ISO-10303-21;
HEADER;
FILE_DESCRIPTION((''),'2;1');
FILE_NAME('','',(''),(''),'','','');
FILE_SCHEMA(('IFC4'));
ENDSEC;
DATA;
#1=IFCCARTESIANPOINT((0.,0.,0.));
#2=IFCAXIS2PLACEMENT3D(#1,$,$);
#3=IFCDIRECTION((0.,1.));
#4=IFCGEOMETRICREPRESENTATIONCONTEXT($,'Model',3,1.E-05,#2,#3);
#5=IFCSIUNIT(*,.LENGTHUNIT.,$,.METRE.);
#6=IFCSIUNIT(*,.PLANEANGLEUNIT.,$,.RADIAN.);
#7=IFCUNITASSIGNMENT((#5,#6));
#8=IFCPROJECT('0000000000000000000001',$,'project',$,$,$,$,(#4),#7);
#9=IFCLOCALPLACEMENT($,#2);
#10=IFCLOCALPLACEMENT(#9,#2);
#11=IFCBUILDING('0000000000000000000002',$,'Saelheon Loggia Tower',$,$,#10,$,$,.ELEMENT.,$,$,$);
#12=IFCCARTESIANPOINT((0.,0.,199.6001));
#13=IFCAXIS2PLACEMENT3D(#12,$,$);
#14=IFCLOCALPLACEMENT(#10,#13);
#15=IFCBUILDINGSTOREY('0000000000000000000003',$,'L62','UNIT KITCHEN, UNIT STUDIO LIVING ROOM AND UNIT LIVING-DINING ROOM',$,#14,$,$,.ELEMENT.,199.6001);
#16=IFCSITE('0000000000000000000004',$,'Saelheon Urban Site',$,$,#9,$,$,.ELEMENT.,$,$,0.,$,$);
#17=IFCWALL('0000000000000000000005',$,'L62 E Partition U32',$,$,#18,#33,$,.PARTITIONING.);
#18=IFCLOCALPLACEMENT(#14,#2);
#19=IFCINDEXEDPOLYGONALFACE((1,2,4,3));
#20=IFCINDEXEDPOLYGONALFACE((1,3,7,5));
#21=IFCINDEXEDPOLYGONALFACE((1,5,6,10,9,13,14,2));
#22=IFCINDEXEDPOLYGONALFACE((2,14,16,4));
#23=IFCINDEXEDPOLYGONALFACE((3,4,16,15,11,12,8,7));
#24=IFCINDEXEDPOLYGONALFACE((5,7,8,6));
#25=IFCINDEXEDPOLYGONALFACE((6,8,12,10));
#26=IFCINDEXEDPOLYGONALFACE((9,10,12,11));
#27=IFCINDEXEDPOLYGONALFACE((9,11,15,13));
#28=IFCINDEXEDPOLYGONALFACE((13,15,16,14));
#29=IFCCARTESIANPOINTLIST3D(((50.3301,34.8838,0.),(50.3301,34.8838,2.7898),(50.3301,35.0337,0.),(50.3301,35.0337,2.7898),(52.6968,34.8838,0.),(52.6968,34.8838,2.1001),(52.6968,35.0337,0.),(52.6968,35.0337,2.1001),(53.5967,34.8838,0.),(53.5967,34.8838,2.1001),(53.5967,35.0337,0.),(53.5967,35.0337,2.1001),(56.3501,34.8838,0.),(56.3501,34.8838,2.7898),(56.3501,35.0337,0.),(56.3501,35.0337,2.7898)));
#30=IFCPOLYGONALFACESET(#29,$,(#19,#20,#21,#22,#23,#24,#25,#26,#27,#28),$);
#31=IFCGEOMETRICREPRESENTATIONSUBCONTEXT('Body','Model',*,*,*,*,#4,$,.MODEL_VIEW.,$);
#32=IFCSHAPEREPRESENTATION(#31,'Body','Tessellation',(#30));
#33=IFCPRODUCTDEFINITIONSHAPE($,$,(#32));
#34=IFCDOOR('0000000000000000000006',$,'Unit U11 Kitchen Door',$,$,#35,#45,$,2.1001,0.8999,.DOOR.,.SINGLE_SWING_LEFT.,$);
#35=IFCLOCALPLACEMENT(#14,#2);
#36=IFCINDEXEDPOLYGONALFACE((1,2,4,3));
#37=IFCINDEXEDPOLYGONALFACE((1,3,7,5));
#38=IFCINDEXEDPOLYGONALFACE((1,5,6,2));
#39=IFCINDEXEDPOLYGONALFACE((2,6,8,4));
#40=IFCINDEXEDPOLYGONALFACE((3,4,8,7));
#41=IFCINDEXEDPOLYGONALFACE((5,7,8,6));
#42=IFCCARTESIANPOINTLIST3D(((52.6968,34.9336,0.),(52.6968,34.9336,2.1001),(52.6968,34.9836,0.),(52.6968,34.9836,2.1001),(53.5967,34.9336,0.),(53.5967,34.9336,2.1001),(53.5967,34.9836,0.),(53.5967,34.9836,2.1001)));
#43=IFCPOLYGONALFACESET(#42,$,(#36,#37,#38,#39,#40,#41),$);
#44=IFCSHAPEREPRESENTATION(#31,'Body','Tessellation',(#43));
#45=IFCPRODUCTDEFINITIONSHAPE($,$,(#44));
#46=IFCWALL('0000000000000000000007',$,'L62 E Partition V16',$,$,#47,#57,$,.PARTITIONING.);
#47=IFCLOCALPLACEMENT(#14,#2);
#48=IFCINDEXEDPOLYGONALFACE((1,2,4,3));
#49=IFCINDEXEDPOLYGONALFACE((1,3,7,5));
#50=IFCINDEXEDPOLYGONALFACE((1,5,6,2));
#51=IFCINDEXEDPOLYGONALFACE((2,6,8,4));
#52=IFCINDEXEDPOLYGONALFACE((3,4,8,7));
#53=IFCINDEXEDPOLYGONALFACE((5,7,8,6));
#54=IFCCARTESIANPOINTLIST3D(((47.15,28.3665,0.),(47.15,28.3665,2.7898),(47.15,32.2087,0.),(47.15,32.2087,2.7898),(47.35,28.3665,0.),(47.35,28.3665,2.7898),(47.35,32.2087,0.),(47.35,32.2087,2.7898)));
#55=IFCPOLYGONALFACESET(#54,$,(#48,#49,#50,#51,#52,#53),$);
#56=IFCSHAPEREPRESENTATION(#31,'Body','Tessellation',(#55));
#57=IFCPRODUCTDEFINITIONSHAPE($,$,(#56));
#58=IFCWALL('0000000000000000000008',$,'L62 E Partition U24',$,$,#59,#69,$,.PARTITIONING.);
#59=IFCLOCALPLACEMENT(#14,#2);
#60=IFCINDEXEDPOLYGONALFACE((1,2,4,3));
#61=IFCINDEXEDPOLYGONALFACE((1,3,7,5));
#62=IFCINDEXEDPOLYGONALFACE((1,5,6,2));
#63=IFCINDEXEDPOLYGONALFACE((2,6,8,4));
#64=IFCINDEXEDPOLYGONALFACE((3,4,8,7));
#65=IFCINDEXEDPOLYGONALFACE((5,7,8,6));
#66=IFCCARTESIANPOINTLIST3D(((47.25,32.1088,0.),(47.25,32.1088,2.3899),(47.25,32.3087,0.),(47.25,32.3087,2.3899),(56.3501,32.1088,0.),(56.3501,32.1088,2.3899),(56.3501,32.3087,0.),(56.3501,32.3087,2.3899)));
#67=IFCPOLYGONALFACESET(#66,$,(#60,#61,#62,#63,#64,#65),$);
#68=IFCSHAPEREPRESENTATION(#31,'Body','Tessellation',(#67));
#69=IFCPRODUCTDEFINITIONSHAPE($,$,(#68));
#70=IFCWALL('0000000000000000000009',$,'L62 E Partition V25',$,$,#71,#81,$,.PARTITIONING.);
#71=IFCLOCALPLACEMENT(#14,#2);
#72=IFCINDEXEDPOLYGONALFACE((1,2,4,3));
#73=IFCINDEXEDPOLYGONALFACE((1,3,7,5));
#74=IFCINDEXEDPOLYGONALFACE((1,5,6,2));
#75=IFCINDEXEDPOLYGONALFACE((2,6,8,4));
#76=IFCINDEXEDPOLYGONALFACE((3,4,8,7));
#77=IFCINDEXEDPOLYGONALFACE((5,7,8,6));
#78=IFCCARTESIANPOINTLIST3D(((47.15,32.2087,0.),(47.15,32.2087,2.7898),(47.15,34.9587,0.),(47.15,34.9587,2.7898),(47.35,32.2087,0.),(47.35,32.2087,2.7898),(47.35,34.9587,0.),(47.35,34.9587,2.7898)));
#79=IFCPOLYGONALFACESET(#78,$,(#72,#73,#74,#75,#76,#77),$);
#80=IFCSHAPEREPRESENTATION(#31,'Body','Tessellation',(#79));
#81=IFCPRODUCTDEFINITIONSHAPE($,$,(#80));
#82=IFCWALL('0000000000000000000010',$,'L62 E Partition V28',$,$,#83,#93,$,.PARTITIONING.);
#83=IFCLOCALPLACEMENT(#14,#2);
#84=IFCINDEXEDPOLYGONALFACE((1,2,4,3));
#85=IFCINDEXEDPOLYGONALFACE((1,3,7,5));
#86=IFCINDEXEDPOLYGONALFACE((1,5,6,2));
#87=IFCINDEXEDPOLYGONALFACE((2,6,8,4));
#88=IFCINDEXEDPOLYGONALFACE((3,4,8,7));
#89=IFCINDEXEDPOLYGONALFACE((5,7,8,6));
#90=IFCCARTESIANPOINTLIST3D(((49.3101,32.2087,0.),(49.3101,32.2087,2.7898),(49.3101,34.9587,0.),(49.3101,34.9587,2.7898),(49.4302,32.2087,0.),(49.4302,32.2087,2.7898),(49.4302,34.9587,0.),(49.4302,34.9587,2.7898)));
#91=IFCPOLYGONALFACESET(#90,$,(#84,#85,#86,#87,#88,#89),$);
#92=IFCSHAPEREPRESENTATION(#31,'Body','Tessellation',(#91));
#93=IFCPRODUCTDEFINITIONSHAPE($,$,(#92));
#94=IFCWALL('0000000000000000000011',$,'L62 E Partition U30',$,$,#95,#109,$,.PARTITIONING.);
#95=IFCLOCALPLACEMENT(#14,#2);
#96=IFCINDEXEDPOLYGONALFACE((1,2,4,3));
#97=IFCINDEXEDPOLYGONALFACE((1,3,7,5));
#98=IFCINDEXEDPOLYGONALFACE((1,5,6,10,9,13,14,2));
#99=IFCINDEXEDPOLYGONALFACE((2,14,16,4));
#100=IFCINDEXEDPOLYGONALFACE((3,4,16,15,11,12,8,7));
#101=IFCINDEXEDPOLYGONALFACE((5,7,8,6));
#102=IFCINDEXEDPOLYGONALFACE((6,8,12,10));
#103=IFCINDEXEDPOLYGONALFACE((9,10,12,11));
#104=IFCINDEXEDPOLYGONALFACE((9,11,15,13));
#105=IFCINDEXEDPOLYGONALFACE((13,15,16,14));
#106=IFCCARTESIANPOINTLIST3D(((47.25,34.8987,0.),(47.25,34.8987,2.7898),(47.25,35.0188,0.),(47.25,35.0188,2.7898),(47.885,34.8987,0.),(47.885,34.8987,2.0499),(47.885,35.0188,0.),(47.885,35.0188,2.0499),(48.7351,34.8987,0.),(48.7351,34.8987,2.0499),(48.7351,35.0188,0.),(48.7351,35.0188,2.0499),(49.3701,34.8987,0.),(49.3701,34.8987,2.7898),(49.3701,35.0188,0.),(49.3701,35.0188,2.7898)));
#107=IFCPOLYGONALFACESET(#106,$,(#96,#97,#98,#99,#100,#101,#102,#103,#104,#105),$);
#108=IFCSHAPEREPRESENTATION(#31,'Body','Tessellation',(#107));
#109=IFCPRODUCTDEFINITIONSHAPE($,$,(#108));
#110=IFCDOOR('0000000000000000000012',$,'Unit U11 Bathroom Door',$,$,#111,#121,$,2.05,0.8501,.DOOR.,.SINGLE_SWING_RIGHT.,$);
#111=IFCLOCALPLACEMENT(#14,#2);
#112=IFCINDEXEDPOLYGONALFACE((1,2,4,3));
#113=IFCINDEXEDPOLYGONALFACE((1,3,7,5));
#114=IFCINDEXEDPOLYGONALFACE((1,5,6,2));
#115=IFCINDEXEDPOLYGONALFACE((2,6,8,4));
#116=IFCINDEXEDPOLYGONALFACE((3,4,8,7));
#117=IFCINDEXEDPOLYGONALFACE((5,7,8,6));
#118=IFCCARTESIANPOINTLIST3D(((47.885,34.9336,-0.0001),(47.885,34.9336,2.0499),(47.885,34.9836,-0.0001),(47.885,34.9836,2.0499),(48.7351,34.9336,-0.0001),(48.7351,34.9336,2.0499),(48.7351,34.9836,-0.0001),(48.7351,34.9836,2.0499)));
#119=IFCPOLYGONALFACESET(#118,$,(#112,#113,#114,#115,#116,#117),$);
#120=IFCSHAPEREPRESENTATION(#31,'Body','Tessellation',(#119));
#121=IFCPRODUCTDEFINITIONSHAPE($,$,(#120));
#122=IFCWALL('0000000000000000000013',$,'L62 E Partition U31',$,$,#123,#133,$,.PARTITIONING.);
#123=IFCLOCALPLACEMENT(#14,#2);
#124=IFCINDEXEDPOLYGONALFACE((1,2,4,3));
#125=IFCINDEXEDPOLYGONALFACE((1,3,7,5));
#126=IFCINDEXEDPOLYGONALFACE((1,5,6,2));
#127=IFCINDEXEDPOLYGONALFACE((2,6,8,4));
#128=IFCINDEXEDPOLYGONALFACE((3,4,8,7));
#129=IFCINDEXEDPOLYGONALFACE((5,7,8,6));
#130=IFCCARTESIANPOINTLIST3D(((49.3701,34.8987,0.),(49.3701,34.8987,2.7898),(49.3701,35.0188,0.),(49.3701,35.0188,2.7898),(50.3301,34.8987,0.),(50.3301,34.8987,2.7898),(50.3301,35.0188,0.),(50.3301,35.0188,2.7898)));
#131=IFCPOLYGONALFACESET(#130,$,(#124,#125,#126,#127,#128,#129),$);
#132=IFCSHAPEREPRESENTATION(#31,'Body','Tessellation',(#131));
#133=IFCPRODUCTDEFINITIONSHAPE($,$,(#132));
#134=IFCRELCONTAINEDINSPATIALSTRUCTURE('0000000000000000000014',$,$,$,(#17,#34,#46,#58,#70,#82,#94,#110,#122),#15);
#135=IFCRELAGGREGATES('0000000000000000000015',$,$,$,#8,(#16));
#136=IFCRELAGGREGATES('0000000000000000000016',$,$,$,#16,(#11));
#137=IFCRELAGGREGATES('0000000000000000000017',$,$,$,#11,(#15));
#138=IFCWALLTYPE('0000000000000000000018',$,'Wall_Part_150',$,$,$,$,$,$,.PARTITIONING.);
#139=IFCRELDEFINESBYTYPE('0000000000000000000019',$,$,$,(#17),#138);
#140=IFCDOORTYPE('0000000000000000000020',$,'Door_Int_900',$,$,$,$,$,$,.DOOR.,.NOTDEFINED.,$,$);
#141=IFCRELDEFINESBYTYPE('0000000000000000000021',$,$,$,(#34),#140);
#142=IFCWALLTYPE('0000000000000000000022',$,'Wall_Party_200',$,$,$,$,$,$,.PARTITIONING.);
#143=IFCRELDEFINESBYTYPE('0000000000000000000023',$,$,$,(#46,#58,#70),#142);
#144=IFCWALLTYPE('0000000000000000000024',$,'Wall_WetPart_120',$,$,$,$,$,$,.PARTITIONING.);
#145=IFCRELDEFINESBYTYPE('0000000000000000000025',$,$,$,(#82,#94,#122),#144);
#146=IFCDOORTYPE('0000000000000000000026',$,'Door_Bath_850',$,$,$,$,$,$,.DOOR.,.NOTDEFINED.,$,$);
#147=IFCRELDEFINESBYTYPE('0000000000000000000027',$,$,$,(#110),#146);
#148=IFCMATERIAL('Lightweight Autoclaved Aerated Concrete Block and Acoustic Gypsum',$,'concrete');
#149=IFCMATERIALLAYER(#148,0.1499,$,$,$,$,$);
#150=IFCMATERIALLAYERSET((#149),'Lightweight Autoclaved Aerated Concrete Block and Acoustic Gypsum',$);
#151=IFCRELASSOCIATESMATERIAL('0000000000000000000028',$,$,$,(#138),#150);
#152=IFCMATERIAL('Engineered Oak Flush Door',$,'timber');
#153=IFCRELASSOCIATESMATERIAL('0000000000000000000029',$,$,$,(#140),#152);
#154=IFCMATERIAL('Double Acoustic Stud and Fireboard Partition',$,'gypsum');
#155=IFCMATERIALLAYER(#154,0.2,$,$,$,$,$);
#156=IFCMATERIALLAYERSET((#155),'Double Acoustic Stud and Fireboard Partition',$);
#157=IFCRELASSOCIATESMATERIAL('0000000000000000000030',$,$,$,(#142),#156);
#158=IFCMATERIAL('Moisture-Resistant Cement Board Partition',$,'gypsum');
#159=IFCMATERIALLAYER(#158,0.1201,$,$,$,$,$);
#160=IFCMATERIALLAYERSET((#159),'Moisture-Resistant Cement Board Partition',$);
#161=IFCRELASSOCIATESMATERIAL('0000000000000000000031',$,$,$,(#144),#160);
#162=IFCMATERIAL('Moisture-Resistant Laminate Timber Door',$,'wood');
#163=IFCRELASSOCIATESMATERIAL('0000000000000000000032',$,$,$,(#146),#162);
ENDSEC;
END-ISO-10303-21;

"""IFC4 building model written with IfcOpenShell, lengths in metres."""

from ifc_helpers import new_model, si_unit, direction, frame, frame_2d, origin, place, context, subcontext, project, spatial, rectangle, extrude, source, transform, mapped, material, layer, layer_set, type_object, element, fill, save


model = new_model("IFC4")

# Units and contexts
model_context = context("Model", 3, precision=1e-05, world=origin(), true_north=direction((0.0, 1.0)))
body_context = subcontext(model_context, "Body", "Model", "MODEL_VIEW")
ifc_project = project(units=[si_unit("LENGTHUNIT", "METRE"), si_unit("PLANEANGLEUNIT", "RADIAN")], contexts=[model_context])

# Site, building, storey
site_placement = place(None, origin())
site = spatial("IfcSite", under=ifc_project, at=site_placement, Name="Saelheon Urban Site", CompositionType="ELEMENT", RefElevation=0.0)
building_placement = place(site_placement, origin())
building = spatial("IfcBuilding", under=site, at=building_placement, Name="Saelheon Loggia Tower", CompositionType="ELEMENT")
storey_placement = place(building_placement, frame((0.0, 0.0, 199.6001)))
storey = spatial("IfcBuildingStorey", under=building, at=storey_placement, Name="L62", Description="UNIT KITCHEN, UNIT STUDIO LIVING ROOM AND UNIT LIVING-DINING ROOM", CompositionType="ELEMENT", Elevation=199.6001)

# Shared definitions
ifc_material_1 = material(Name="Lightweight Autoclaved Aerated Concrete Block and Acoustic Gypsum", Category="concrete")
ifc_layer_1 = layer(ifc_material_1, 0.1499)
ifc_layer_set_1 = layer_set([ifc_layer_1], Name="Lightweight Autoclaved Aerated Concrete Block and Acoustic Gypsum")
wall_type_1 = type_object("IfcWallType", Name="Wall_Part_150", PredefinedType="PARTITIONING", material=ifc_layer_set_1)

# Wall, opening, door
ifc_material_2 = material(Name="Engineered Oak Flush Door", Category="timber")
door_type_1 = type_object("IfcDoorType", Name="Door_Int_900", OperationType="NOTDEFINED", PredefinedType="DOOR", material=ifc_material_2)
shared_shape_1 = source(origin(), body_context, "Body", "SweptSolid", [
    extrude(rectangle(XDim=0.8999, YDim=2.1001, at=frame_2d((0.45, 1.05))), frame((0.0, 0.0249, 0.0), z_axis=(0.0, -1.0, 0.0), x_axis=(1.0, 0.0, 0.0)), (0.0, 0.0, 1.0), 0.05),
])
wall_1_placement = place(storey_placement, frame((50.3301, 34.9587, 0.0), z_axis=(0.0, 0.0, 1.0), x_axis=(1.0, 0.0, 0.0)))
wall_1 = element("IfcWall", 1, at=wall_1_placement, inside=storey, type_object=wall_type_1, Name="L62 E Partition U32", PredefinedType="PARTITIONING", context=body_context, shape_type="SweptSolid", body=[
    extrude(rectangle(XDim=6.02, YDim=0.1499, at=frame_2d((3.01, 0.0))), origin(), (0.0, 0.0, 1.0), 2.7898),
])
opening_1_placement = place(wall_1_placement, frame((2.3667, 0.0, 0.0)))
opening_1 = element("IfcOpeningElement", 2, at=opening_1_placement, cuts=wall_1, PredefinedType="OPENING", context=body_context, shape_type="SweptSolid", body=[
    extrude(rectangle(XDim=0.8999, YDim=2.1001, at=frame_2d((0.45, 1.05))), frame((0.0, 0.0869, 0.0), z_axis=(0.0, -1.0, 0.0), x_axis=(1.0, 0.0, 0.0)), (0.0, 0.0, 1.0), 0.1738),
])
door_1_placement = place(opening_1_placement, origin())
door_1 = element("IfcDoor", 3, at=door_1_placement, inside=storey, type_object=door_type_1, Name="Unit U11 Kitchen Door", OperationType="SINGLE_SWING_LEFT", OverallHeight=2.1001, OverallWidth=0.8999, PredefinedType="DOOR", context=body_context, shape_type="MappedRepresentation", body=[
    mapped(shared_shape_1, transform((0.0, 0.0, 0.0), scale=1.0)),
])
fill(opening_1, door_1)

# Walls
ifc_material_3 = material(Name="Double Acoustic Stud and Fireboard Partition", Category="gypsum")
ifc_layer_2 = layer(ifc_material_3, 0.2)
ifc_layer_set_2 = layer_set([ifc_layer_2], Name="Double Acoustic Stud and Fireboard Partition")
wall_type_2 = type_object("IfcWallType", Name="Wall_Party_200", PredefinedType="PARTITIONING", material=ifc_layer_set_2)
wall_2_placement = place(storey_placement, frame((47.25, 28.3665, 0.0), z_axis=(0.0, 0.0, 1.0), x_axis=(0.0, 1.0, 0.0)))
element("IfcWall", 4, at=wall_2_placement, inside=storey, type_object=wall_type_2, Name="L62 E Partition V16", PredefinedType="PARTITIONING", context=body_context, shape_type="SweptSolid", body=[
    extrude(rectangle(XDim=3.8423, YDim=0.2, at=frame_2d((1.9211, 0.0))), origin(), (0.0, 0.0, 1.0), 2.7898),
])
wall_3_placement = place(storey_placement, frame((47.25, 32.2087, 0.0), z_axis=(0.0, 0.0, 1.0), x_axis=(1.0, 0.0, 0.0)))
element("IfcWall", 5, at=wall_3_placement, inside=storey, type_object=wall_type_2, Name="L62 E Partition U24", PredefinedType="PARTITIONING", context=body_context, shape_type="SweptSolid", body=[
    extrude(rectangle(XDim=9.1001, YDim=0.2, at=frame_2d((4.55, 0.0))), origin(), (0.0, 0.0, 1.0), 2.3899),
])
wall_4_placement = place(storey_placement, frame((47.25, 32.2087, 0.0), z_axis=(0.0, 0.0, 1.0), x_axis=(0.0, 1.0, 0.0)))
element("IfcWall", 6, at=wall_4_placement, inside=storey, type_object=wall_type_2, Name="L62 E Partition V25", PredefinedType="PARTITIONING", context=body_context, shape_type="SweptSolid", body=[
    extrude(rectangle(XDim=2.75, YDim=0.2, at=frame_2d((1.375, 0.0))), origin(), (0.0, 0.0, 1.0), 2.7898),
])

# Wall
ifc_material_4 = material(Name="Moisture-Resistant Cement Board Partition", Category="gypsum")
ifc_layer_3 = layer(ifc_material_4, 0.1201)
ifc_layer_set_3 = layer_set([ifc_layer_3], Name="Moisture-Resistant Cement Board Partition")
wall_type_3 = type_object("IfcWallType", Name="Wall_WetPart_120", PredefinedType="PARTITIONING", material=ifc_layer_set_3)
wall_5_placement = place(storey_placement, frame((49.3701, 32.2087, 0.0), z_axis=(0.0, 0.0, 1.0), x_axis=(0.0, 1.0, 0.0)))
element("IfcWall", 7, at=wall_5_placement, inside=storey, type_object=wall_type_3, Name="L62 E Partition V28", PredefinedType="PARTITIONING", context=body_context, shape_type="SweptSolid", body=[
    extrude(rectangle(XDim=2.75, YDim=0.1201, at=frame_2d((1.375, 0.0))), origin(), (0.0, 0.0, 1.0), 2.7898),
])

# Wall, opening, door
wall_6_placement = place(storey_placement, frame((47.25, 34.9587, 0.0), z_axis=(0.0, 0.0, 1.0), x_axis=(1.0, 0.0, 0.0)))
wall_6 = element("IfcWall", 8, at=wall_6_placement, inside=storey, type_object=wall_type_3, Name="L62 E Partition U30", PredefinedType="PARTITIONING", context=body_context, shape_type="SweptSolid", body=[
    extrude(rectangle(XDim=2.1201, YDim=0.1201, at=frame_2d((1.0601, 0.0))), origin(), (0.0, 0.0, 1.0), 2.7898),
])
opening_2_placement = place(wall_6_placement, frame((0.635, 0.0, 0.0)))
opening_2 = element("IfcOpeningElement", 9, at=opening_2_placement, cuts=wall_6, PredefinedType="OPENING", context=body_context, shape_type="SweptSolid", body=[
    extrude(rectangle(XDim=0.8501, YDim=2.05, at=frame_2d((0.425, 1.0249))), frame((0.0, 0.072, 0.0), z_axis=(0.0, -1.0, 0.0), x_axis=(1.0, 0.0, 0.0)), (0.0, 0.0, 1.0), 0.144),
])
ifc_material_5 = material(Name="Moisture-Resistant Laminate Timber Door", Category="wood")
door_type_2 = type_object("IfcDoorType", Name="Door_Bath_850", OperationType="NOTDEFINED", PredefinedType="DOOR", material=ifc_material_5)
shared_shape_2 = source(origin(), body_context, "Body", "SweptSolid", [
    extrude(rectangle(XDim=0.8501, YDim=2.05, at=frame_2d((0.425, 1.0249))), frame((0.0, 0.0249, 0.0), z_axis=(0.0, -1.0, 0.0), x_axis=(1.0, 0.0, 0.0)), (0.0, 0.0, 1.0), 0.05),
])
door_2_placement = place(opening_2_placement, origin())
door_2 = element("IfcDoor", 10, at=door_2_placement, inside=storey, type_object=door_type_2, Name="Unit U11 Bathroom Door", OperationType="SINGLE_SWING_RIGHT", OverallHeight=2.05, OverallWidth=0.8501, PredefinedType="DOOR", context=body_context, shape_type="MappedRepresentation", body=[
    mapped(shared_shape_2, transform((0.0, 0.0, 0.0), scale=1.0)),
])
fill(opening_2, door_2)

# Wall
wall_7_placement = place(storey_placement, frame((49.3701, 34.9587, 0.0), z_axis=(0.0, 0.0, 1.0), x_axis=(1.0, 0.0, 0.0)))
element("IfcWall", 11, at=wall_7_placement, inside=storey, type_object=wall_type_3, Name="L62 E Partition U31", PredefinedType="PARTITIONING", context=body_context, shape_type="SweptSolid", body=[
    extrude(rectangle(XDim=0.96, YDim=0.1201, at=frame_2d((0.48, 0.0))), origin(), (0.0, 0.0, 1.0), 2.7898),
])

save(model, "model.ifc")
